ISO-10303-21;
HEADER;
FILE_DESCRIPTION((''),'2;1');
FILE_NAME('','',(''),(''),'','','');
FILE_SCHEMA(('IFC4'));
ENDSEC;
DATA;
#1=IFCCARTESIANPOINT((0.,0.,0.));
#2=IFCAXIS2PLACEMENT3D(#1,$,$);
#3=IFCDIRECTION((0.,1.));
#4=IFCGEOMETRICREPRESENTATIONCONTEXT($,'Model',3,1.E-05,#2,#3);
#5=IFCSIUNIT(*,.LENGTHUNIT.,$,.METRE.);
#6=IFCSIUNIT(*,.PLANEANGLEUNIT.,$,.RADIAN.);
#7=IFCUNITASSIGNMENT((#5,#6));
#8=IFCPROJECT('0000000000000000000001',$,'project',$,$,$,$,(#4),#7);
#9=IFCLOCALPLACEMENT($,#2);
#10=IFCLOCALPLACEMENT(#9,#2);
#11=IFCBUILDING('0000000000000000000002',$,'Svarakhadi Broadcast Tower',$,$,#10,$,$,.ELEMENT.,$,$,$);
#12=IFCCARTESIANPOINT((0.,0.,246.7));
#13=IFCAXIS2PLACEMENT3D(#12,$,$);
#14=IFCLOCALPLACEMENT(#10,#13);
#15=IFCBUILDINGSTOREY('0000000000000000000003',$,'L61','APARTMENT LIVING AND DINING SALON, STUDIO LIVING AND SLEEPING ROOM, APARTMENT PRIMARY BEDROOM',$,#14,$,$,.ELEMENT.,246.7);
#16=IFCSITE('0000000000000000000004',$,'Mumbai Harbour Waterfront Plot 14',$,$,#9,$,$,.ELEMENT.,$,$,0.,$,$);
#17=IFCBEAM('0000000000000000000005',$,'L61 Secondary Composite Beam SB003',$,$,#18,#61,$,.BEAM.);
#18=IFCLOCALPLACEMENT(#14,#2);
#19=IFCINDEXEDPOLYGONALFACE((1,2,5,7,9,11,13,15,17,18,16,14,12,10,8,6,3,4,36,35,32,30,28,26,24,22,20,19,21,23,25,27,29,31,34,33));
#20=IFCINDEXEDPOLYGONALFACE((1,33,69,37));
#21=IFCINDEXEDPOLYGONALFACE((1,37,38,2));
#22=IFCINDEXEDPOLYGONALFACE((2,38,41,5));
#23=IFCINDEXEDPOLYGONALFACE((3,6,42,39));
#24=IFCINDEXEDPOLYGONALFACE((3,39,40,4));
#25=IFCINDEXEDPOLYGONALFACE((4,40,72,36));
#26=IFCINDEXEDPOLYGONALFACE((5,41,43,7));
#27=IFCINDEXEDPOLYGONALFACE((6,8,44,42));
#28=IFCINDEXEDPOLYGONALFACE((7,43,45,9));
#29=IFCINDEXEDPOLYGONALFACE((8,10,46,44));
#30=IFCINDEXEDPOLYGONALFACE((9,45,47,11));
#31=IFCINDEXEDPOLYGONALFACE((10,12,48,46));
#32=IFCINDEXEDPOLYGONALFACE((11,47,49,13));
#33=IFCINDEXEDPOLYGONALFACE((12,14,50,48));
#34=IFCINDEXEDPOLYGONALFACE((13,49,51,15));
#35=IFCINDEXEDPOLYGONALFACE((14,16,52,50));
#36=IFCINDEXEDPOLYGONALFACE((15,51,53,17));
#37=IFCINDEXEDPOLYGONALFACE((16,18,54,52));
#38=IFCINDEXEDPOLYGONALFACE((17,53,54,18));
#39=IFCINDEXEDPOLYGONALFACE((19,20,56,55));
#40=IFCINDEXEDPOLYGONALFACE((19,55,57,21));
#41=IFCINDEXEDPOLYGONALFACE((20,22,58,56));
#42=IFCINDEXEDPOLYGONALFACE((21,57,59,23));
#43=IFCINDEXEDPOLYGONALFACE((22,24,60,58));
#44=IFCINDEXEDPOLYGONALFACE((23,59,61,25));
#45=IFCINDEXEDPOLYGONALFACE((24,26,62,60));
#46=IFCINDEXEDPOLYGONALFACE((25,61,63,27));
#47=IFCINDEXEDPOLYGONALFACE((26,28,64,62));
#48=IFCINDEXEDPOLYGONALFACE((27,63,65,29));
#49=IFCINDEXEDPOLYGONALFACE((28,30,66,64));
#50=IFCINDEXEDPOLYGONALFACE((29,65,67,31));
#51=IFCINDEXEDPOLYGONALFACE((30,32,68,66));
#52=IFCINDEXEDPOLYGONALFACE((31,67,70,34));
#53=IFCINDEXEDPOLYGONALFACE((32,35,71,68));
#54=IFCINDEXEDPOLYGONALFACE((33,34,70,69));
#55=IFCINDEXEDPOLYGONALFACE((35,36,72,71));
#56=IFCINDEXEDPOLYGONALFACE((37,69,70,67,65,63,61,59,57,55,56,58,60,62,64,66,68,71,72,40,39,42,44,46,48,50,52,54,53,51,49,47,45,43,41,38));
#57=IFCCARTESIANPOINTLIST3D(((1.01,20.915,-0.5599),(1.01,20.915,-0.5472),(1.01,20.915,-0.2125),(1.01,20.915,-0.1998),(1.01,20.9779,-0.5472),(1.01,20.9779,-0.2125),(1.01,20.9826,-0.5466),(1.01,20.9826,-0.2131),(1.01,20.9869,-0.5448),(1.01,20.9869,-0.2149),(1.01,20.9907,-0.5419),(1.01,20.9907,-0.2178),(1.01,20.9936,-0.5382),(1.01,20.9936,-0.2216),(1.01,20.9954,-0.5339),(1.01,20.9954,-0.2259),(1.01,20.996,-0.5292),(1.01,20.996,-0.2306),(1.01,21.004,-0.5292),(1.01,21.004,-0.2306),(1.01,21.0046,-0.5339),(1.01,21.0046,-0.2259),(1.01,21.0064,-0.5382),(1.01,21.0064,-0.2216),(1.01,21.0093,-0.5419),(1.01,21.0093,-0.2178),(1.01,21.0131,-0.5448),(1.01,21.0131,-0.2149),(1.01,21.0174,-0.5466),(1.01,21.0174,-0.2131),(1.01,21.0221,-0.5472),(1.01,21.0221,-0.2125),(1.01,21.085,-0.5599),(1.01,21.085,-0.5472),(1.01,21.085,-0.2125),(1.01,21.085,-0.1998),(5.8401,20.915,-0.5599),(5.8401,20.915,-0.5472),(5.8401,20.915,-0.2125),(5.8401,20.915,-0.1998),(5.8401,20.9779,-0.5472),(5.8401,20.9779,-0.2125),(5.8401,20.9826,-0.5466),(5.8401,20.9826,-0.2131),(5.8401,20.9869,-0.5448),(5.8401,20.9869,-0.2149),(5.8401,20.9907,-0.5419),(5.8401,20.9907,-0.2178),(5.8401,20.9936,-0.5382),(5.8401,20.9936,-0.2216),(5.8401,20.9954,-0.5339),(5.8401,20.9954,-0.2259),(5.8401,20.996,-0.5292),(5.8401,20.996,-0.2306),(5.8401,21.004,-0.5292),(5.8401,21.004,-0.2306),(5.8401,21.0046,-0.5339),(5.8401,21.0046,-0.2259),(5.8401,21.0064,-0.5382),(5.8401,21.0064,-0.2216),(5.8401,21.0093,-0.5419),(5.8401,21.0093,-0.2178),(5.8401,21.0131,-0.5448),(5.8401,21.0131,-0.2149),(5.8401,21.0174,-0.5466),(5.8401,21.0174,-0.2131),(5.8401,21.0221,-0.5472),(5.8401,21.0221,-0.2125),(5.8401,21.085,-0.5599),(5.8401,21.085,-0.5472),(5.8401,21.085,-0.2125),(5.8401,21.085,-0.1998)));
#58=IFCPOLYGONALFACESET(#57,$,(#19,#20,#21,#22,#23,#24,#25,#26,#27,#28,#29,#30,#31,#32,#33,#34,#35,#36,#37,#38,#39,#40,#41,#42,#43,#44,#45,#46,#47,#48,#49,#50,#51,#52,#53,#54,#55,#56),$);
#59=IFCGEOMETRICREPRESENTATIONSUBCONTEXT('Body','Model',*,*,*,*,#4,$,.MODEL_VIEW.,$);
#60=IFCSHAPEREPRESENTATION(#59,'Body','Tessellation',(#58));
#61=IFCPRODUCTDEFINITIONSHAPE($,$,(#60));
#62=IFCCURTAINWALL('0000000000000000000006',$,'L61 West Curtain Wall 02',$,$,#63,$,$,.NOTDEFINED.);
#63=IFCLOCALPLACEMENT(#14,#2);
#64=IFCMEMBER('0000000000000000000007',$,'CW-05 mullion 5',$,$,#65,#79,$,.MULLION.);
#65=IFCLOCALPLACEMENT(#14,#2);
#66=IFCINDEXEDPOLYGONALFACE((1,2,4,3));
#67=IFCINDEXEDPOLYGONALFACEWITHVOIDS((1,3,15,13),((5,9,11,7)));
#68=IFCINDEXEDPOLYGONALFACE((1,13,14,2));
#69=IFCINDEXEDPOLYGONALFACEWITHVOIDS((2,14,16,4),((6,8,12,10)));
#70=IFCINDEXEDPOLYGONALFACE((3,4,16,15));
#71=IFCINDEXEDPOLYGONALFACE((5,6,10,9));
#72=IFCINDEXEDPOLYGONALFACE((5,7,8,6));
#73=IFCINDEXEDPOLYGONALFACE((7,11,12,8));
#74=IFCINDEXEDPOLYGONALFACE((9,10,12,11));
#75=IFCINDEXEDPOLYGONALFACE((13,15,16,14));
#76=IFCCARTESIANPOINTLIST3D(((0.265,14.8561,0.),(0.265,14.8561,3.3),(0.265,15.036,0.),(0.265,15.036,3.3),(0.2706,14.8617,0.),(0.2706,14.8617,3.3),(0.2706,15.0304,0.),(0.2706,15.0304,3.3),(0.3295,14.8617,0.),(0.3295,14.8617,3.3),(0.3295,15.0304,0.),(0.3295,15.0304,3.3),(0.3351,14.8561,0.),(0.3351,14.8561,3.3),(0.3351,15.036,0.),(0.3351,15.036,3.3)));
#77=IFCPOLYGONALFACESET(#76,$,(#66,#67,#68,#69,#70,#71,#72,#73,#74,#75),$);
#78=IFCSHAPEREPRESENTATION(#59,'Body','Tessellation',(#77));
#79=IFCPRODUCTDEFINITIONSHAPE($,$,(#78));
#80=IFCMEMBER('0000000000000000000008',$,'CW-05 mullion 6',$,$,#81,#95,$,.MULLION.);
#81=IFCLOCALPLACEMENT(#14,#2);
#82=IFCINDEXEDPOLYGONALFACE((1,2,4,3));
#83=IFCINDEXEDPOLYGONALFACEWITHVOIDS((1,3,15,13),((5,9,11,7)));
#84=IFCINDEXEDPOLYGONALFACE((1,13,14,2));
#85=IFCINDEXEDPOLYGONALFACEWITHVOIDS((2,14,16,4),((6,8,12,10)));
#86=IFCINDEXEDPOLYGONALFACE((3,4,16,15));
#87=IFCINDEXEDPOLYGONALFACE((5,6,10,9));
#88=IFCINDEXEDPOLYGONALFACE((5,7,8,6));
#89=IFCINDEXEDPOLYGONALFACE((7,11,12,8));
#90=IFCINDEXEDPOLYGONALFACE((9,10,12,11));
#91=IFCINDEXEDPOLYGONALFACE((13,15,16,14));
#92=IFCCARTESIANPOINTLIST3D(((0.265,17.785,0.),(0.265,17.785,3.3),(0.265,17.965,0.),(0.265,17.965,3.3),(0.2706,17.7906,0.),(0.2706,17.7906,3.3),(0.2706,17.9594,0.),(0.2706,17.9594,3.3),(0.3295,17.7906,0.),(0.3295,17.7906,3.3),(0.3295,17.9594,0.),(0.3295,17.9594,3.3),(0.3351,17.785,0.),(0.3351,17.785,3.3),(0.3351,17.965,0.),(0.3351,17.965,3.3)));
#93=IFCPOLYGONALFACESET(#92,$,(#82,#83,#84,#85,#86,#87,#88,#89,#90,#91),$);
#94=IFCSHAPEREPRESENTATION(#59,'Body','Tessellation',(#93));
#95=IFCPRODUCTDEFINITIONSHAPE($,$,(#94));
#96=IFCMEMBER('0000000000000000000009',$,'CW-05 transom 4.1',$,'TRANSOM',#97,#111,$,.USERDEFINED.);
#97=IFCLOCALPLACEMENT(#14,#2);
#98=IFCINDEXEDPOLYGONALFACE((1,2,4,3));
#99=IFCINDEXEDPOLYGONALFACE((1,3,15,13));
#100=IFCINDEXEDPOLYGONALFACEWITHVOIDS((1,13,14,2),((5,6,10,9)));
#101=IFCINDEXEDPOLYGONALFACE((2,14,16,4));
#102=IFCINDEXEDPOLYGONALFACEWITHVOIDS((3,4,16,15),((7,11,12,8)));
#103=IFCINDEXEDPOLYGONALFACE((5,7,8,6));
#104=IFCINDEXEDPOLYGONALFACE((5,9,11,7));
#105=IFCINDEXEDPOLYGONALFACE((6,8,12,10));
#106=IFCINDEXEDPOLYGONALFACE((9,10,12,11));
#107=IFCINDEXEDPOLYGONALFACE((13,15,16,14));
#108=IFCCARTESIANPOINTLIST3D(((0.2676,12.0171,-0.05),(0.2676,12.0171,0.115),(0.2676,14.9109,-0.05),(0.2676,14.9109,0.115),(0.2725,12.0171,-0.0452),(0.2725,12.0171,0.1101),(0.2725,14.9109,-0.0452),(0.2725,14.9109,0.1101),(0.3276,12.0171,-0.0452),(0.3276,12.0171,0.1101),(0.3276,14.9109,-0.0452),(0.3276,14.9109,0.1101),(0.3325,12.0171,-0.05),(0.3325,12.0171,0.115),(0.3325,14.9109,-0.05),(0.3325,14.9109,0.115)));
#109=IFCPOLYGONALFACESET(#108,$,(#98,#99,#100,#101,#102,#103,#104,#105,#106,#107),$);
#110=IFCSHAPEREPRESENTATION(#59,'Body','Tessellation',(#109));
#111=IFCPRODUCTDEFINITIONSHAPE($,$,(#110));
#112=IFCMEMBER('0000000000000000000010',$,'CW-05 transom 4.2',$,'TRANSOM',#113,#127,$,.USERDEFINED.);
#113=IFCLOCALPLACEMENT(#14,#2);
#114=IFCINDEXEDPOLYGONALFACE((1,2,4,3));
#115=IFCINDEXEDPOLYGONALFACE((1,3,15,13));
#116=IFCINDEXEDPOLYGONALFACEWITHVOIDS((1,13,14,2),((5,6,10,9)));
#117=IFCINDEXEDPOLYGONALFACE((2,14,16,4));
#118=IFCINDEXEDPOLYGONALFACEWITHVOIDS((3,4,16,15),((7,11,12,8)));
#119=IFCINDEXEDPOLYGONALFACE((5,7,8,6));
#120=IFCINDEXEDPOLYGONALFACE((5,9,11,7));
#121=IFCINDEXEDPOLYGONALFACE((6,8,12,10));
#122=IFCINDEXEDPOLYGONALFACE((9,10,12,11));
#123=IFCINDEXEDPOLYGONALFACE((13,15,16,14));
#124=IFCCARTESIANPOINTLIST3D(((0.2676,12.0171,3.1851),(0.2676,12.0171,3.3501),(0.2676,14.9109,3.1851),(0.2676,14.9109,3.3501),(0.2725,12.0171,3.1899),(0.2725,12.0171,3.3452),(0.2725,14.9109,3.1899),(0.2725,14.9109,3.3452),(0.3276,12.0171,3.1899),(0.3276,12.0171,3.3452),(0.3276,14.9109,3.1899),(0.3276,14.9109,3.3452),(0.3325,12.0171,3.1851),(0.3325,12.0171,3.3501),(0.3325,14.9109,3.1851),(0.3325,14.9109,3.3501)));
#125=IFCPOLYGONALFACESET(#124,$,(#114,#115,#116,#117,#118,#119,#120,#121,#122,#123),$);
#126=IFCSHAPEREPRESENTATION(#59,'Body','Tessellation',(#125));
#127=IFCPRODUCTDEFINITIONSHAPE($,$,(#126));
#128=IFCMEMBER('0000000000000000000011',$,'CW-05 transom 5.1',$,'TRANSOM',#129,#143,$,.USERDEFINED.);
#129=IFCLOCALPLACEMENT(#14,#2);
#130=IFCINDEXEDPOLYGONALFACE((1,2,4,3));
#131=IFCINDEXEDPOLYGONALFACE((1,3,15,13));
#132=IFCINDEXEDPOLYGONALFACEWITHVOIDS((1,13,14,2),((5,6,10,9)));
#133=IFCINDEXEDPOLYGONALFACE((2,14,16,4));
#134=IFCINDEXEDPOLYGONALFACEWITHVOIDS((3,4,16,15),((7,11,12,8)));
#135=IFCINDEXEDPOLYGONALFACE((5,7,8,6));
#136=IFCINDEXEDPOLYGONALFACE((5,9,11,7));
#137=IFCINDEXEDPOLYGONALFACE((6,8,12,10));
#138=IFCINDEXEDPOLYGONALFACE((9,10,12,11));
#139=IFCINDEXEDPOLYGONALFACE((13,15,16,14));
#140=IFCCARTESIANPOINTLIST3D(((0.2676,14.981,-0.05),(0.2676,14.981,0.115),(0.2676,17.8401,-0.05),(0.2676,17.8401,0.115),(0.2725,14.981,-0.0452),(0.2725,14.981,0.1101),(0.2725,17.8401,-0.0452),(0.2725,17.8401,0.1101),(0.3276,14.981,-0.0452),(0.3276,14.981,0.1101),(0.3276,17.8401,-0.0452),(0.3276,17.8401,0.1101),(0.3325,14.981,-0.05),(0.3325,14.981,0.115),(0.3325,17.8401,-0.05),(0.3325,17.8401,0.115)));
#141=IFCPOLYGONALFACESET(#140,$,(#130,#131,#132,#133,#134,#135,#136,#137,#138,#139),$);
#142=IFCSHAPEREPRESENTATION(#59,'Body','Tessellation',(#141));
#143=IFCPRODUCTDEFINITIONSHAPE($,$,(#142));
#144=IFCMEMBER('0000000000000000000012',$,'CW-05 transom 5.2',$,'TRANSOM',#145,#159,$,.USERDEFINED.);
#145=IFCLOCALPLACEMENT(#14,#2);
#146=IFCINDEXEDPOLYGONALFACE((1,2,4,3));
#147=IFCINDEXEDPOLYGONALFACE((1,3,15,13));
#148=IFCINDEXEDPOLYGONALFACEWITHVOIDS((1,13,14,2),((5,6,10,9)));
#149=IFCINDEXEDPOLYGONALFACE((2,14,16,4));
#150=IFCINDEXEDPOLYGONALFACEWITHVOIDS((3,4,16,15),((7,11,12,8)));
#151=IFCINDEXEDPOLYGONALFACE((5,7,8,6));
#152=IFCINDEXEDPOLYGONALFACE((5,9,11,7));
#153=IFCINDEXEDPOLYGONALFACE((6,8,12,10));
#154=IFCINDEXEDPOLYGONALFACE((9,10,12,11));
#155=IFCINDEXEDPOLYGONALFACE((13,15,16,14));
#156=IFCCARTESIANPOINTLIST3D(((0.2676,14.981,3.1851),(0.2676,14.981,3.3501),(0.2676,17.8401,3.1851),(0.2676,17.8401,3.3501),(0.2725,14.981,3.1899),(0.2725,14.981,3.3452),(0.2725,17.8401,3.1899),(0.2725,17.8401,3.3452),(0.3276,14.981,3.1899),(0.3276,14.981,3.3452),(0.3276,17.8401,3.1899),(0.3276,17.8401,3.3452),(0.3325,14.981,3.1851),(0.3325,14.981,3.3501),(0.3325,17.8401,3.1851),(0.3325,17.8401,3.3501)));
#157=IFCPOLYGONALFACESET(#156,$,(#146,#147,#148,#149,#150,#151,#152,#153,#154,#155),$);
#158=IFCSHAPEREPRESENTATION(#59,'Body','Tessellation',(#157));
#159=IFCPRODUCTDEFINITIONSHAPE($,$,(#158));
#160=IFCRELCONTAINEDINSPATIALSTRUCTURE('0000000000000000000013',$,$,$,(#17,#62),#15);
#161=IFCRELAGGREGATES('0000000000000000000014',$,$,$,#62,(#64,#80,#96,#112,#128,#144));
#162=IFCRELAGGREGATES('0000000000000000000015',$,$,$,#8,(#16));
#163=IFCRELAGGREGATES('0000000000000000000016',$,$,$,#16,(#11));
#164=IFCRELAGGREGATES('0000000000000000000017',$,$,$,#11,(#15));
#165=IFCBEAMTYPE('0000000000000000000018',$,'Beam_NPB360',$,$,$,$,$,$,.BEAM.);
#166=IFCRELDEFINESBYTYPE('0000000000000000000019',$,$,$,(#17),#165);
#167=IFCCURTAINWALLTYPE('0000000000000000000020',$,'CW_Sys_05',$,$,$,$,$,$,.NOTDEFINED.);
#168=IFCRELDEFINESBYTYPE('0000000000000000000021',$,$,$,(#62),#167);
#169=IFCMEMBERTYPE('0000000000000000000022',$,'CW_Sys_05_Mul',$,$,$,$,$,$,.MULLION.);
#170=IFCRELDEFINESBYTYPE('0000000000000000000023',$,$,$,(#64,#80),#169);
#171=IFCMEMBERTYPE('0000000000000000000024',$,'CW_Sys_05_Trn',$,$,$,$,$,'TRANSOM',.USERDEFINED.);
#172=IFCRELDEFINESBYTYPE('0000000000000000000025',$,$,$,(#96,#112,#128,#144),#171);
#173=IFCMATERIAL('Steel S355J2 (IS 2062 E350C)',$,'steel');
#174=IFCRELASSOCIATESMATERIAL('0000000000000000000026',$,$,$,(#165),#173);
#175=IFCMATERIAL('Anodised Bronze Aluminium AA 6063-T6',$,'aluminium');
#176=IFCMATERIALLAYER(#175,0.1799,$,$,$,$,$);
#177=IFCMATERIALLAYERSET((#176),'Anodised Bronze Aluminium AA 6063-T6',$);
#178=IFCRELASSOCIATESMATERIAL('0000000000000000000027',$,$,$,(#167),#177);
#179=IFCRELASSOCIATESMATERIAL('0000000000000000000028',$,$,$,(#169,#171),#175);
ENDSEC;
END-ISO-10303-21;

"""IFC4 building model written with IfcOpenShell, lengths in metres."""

from ifc_helpers import new_model, si_unit, direction, frame, origin, origin_2d, place, context, subcontext, project, spatial, hollow_rectangle, i_section, extrude, material, layer, layer_set, material_profile, profile_set, type_object, element, aggregate, save


model = new_model("IFC4")

# Units and contexts
model_context = context("Model", 3, precision=1e-05, world=origin(), true_north=direction((0.0, 1.0)))
body_context = subcontext(model_context, "Body", "Model", "MODEL_VIEW")
ifc_project = project(units=[si_unit("LENGTHUNIT", "METRE"), si_unit("PLANEANGLEUNIT", "RADIAN")], contexts=[model_context])

# Site, building, storey
site_placement = place(None, origin())
site = spatial("IfcSite", under=ifc_project, at=site_placement, Name="Mumbai Harbour Waterfront Plot 14", CompositionType="ELEMENT", RefElevation=0.0)
building_placement = place(site_placement, origin())
building = spatial("IfcBuilding", under=site, at=building_placement, Name="Svarakhadi Broadcast Tower", CompositionType="ELEMENT")
storey_placement = place(building_placement, frame((0.0, 0.0, 246.7)))
storey = spatial("IfcBuildingStorey", under=building, at=storey_placement, Name="L61", Description="APARTMENT LIVING AND DINING SALON, STUDIO LIVING AND SLEEPING ROOM, APARTMENT PRIMARY BEDROOM", CompositionType="ELEMENT", Elevation=246.7)

# Beam
ifc_material_1 = material(Name="Steel S355J2 (IS 2062 E350C)", Category="steel")
ifc_material_profile_1 = material_profile(ifc_material_1, i_section(OverallWidth=0.1699, OverallDepth=0.3601, WebThickness=0.0081, FlangeThickness=0.0127, FilletRadius=0.0181, at=origin_2d()), Name="NPB 360x170x57")
ifc_profile_set_1 = profile_set([ifc_material_profile_1], Name="Steel S355J2 (IS 2062 E350C)")
beam_type_1 = type_object("IfcBeamType", Name="Beam_NPB360", PredefinedType="BEAM", material=ifc_profile_set_1)
for number, where, z_axis, x_axis, name in (
    (1, (1.01, 21.0, -0.3799), (1.0, 0.0, 0.0), (0.0, 1.0, 0.0), "L61 Secondary Composite Beam SB003"),
):
    element("IfcBeam", number, at=place(storey_placement, frame(where, z_axis=z_axis, x_axis=x_axis)), inside=storey, type_object=beam_type_1, Name=name, PredefinedType="BEAM", context=body_context, shape_type="SweptSolid", body=[
        extrude(i_section(OverallWidth=0.1699, OverallDepth=0.3601, WebThickness=0.0081, FlangeThickness=0.0127, FilletRadius=0.0181, at=origin_2d()), origin(), (0.0, 0.0, 1.0), 4.8301),
    ])

# Curtain wall, members
ifc_material_2 = material(Name="Anodised Bronze Aluminium AA 6063-T6", Category="aluminium")
ifc_layer_1 = layer(ifc_material_2, 0.1799)
ifc_layer_set_1 = layer_set([ifc_layer_1], Name="Anodised Bronze Aluminium AA 6063-T6")
curtain_wall_type = type_object("IfcCurtainWallType", Name="CW_Sys_05", PredefinedType="NOTDEFINED", material=ifc_layer_set_1)
curtain_wall_placement = place(storey_placement, origin())
curtain_wall = element("IfcCurtainWall", 2, at=curtain_wall_placement, inside=storey, type_object=curtain_wall_type, Name="L61 West Curtain Wall 02", PredefinedType="NOTDEFINED")
ifc_material_profile_2 = material_profile(ifc_material_2, hollow_rectangle(XDim=0.0701, YDim=0.1799, WallThickness=0.0056, at=origin_2d()), Name="ALU MULLION 180x70x6")
ifc_profile_set_2 = profile_set([ifc_material_profile_2], Name="Anodised Bronze Aluminium AA 6063-T6")
member_type_1 = type_object("IfcMemberType", Name="CW_Sys_05_Mul", PredefinedType="MULLION", material=ifc_profile_set_2)
member_1_placement = place(storey_placement, frame((0.3, 14.946, 0.0), z_axis=(0.0, 0.0, 1.0), x_axis=(-1.0, 0.0, 0.0)))
member_1 = element("IfcMember", 3, at=member_1_placement, type_object=member_type_1, Name="CW-05 mullion 5", PredefinedType="MULLION", context=body_context, shape_type="SweptSolid", body=[
    extrude(hollow_rectangle(XDim=0.0701, YDim=0.1799, WallThickness=0.0056, at=origin_2d()), origin(), (0.0, 0.0, 1.0), 3.3),
])
member_2_placement = place(storey_placement, frame((0.3, 17.875, 0.0), z_axis=(0.0, 0.0, 1.0), x_axis=(-1.0, 0.0, 0.0)))
member_2 = element("IfcMember", 4, at=member_2_placement, type_object=member_type_1, Name="CW-05 mullion 6", PredefinedType="MULLION", context=body_context, shape_type="SweptSolid", body=[
    extrude(hollow_rectangle(XDim=0.0701, YDim=0.1799, WallThickness=0.0056, at=origin_2d()), origin(), (0.0, 0.0, 1.0), 3.3),
])
ifc_material_profile_3 = material_profile(ifc_material_2, hollow_rectangle(XDim=0.0649, YDim=0.165, WallThickness=0.0049, at=origin_2d()), Name="ALU TRANSOM 165x65x5")
ifc_profile_set_3 = profile_set([ifc_material_profile_3], Name="Anodised Bronze Aluminium AA 6063-T6")
member_type_2 = type_object("IfcMemberType", Name="CW_Sys_05_Trn", ElementType="TRANSOM", PredefinedType="USERDEFINED", material=ifc_profile_set_3)
member_3_placement = place(storey_placement, frame((0.3, 12.0171, 0.0325), z_axis=(0.0, 1.0, 0.0), x_axis=(-1.0, 0.0, 0.0)))
member_3 = element("IfcMember", 5, at=member_3_placement, type_object=member_type_2, Name="CW-05 transom 4.1", ObjectType="TRANSOM", PredefinedType="USERDEFINED", context=body_context, shape_type="SweptSolid", body=[
    extrude(hollow_rectangle(XDim=0.0649, YDim=0.165, WallThickness=0.0049, at=origin_2d()), origin(), (0.0, 0.0, 1.0), 2.8938),
])
member_4_placement = place(storey_placement, frame((0.3, 12.0171, 3.2676), z_axis=(0.0, 1.0, 0.0), x_axis=(-1.0, 0.0, 0.0)))
member_4 = element("IfcMember", 6, at=member_4_placement, type_object=member_type_2, Name="CW-05 transom 4.2", ObjectType="TRANSOM", PredefinedType="USERDEFINED", context=body_context, shape_type="SweptSolid", body=[
    extrude(hollow_rectangle(XDim=0.0649, YDim=0.165, WallThickness=0.0049, at=origin_2d()), origin(), (0.0, 0.0, 1.0), 2.8938),
])
member_5_placement = place(storey_placement, frame((0.3, 14.981, 0.0325), z_axis=(0.0, 1.0, 0.0), x_axis=(-1.0, 0.0, 0.0)))
member_5 = element("IfcMember", 7, at=member_5_placement, type_object=member_type_2, Name="CW-05 transom 5.1", ObjectType="TRANSOM", PredefinedType="USERDEFINED", context=body_context, shape_type="SweptSolid", body=[
    extrude(hollow_rectangle(XDim=0.0649, YDim=0.165, WallThickness=0.0049, at=origin_2d()), origin(), (0.0, 0.0, 1.0), 2.8591),
])
member_6_placement = place(storey_placement, frame((0.3, 14.981, 3.2676), z_axis=(0.0, 1.0, 0.0), x_axis=(-1.0, 0.0, 0.0)))
member_6 = element("IfcMember", 8, at=member_6_placement, type_object=member_type_2, Name="CW-05 transom 5.2", ObjectType="TRANSOM", PredefinedType="USERDEFINED", context=body_context, shape_type="SweptSolid", body=[
    extrude(hollow_rectangle(XDim=0.0649, YDim=0.165, WallThickness=0.0049, at=origin_2d()), origin(), (0.0, 0.0, 1.0), 2.8591),
])

aggregate(curtain_wall, [member_1, member_2, member_3, member_4, member_5, member_6])

save(model, "model.ifc")
